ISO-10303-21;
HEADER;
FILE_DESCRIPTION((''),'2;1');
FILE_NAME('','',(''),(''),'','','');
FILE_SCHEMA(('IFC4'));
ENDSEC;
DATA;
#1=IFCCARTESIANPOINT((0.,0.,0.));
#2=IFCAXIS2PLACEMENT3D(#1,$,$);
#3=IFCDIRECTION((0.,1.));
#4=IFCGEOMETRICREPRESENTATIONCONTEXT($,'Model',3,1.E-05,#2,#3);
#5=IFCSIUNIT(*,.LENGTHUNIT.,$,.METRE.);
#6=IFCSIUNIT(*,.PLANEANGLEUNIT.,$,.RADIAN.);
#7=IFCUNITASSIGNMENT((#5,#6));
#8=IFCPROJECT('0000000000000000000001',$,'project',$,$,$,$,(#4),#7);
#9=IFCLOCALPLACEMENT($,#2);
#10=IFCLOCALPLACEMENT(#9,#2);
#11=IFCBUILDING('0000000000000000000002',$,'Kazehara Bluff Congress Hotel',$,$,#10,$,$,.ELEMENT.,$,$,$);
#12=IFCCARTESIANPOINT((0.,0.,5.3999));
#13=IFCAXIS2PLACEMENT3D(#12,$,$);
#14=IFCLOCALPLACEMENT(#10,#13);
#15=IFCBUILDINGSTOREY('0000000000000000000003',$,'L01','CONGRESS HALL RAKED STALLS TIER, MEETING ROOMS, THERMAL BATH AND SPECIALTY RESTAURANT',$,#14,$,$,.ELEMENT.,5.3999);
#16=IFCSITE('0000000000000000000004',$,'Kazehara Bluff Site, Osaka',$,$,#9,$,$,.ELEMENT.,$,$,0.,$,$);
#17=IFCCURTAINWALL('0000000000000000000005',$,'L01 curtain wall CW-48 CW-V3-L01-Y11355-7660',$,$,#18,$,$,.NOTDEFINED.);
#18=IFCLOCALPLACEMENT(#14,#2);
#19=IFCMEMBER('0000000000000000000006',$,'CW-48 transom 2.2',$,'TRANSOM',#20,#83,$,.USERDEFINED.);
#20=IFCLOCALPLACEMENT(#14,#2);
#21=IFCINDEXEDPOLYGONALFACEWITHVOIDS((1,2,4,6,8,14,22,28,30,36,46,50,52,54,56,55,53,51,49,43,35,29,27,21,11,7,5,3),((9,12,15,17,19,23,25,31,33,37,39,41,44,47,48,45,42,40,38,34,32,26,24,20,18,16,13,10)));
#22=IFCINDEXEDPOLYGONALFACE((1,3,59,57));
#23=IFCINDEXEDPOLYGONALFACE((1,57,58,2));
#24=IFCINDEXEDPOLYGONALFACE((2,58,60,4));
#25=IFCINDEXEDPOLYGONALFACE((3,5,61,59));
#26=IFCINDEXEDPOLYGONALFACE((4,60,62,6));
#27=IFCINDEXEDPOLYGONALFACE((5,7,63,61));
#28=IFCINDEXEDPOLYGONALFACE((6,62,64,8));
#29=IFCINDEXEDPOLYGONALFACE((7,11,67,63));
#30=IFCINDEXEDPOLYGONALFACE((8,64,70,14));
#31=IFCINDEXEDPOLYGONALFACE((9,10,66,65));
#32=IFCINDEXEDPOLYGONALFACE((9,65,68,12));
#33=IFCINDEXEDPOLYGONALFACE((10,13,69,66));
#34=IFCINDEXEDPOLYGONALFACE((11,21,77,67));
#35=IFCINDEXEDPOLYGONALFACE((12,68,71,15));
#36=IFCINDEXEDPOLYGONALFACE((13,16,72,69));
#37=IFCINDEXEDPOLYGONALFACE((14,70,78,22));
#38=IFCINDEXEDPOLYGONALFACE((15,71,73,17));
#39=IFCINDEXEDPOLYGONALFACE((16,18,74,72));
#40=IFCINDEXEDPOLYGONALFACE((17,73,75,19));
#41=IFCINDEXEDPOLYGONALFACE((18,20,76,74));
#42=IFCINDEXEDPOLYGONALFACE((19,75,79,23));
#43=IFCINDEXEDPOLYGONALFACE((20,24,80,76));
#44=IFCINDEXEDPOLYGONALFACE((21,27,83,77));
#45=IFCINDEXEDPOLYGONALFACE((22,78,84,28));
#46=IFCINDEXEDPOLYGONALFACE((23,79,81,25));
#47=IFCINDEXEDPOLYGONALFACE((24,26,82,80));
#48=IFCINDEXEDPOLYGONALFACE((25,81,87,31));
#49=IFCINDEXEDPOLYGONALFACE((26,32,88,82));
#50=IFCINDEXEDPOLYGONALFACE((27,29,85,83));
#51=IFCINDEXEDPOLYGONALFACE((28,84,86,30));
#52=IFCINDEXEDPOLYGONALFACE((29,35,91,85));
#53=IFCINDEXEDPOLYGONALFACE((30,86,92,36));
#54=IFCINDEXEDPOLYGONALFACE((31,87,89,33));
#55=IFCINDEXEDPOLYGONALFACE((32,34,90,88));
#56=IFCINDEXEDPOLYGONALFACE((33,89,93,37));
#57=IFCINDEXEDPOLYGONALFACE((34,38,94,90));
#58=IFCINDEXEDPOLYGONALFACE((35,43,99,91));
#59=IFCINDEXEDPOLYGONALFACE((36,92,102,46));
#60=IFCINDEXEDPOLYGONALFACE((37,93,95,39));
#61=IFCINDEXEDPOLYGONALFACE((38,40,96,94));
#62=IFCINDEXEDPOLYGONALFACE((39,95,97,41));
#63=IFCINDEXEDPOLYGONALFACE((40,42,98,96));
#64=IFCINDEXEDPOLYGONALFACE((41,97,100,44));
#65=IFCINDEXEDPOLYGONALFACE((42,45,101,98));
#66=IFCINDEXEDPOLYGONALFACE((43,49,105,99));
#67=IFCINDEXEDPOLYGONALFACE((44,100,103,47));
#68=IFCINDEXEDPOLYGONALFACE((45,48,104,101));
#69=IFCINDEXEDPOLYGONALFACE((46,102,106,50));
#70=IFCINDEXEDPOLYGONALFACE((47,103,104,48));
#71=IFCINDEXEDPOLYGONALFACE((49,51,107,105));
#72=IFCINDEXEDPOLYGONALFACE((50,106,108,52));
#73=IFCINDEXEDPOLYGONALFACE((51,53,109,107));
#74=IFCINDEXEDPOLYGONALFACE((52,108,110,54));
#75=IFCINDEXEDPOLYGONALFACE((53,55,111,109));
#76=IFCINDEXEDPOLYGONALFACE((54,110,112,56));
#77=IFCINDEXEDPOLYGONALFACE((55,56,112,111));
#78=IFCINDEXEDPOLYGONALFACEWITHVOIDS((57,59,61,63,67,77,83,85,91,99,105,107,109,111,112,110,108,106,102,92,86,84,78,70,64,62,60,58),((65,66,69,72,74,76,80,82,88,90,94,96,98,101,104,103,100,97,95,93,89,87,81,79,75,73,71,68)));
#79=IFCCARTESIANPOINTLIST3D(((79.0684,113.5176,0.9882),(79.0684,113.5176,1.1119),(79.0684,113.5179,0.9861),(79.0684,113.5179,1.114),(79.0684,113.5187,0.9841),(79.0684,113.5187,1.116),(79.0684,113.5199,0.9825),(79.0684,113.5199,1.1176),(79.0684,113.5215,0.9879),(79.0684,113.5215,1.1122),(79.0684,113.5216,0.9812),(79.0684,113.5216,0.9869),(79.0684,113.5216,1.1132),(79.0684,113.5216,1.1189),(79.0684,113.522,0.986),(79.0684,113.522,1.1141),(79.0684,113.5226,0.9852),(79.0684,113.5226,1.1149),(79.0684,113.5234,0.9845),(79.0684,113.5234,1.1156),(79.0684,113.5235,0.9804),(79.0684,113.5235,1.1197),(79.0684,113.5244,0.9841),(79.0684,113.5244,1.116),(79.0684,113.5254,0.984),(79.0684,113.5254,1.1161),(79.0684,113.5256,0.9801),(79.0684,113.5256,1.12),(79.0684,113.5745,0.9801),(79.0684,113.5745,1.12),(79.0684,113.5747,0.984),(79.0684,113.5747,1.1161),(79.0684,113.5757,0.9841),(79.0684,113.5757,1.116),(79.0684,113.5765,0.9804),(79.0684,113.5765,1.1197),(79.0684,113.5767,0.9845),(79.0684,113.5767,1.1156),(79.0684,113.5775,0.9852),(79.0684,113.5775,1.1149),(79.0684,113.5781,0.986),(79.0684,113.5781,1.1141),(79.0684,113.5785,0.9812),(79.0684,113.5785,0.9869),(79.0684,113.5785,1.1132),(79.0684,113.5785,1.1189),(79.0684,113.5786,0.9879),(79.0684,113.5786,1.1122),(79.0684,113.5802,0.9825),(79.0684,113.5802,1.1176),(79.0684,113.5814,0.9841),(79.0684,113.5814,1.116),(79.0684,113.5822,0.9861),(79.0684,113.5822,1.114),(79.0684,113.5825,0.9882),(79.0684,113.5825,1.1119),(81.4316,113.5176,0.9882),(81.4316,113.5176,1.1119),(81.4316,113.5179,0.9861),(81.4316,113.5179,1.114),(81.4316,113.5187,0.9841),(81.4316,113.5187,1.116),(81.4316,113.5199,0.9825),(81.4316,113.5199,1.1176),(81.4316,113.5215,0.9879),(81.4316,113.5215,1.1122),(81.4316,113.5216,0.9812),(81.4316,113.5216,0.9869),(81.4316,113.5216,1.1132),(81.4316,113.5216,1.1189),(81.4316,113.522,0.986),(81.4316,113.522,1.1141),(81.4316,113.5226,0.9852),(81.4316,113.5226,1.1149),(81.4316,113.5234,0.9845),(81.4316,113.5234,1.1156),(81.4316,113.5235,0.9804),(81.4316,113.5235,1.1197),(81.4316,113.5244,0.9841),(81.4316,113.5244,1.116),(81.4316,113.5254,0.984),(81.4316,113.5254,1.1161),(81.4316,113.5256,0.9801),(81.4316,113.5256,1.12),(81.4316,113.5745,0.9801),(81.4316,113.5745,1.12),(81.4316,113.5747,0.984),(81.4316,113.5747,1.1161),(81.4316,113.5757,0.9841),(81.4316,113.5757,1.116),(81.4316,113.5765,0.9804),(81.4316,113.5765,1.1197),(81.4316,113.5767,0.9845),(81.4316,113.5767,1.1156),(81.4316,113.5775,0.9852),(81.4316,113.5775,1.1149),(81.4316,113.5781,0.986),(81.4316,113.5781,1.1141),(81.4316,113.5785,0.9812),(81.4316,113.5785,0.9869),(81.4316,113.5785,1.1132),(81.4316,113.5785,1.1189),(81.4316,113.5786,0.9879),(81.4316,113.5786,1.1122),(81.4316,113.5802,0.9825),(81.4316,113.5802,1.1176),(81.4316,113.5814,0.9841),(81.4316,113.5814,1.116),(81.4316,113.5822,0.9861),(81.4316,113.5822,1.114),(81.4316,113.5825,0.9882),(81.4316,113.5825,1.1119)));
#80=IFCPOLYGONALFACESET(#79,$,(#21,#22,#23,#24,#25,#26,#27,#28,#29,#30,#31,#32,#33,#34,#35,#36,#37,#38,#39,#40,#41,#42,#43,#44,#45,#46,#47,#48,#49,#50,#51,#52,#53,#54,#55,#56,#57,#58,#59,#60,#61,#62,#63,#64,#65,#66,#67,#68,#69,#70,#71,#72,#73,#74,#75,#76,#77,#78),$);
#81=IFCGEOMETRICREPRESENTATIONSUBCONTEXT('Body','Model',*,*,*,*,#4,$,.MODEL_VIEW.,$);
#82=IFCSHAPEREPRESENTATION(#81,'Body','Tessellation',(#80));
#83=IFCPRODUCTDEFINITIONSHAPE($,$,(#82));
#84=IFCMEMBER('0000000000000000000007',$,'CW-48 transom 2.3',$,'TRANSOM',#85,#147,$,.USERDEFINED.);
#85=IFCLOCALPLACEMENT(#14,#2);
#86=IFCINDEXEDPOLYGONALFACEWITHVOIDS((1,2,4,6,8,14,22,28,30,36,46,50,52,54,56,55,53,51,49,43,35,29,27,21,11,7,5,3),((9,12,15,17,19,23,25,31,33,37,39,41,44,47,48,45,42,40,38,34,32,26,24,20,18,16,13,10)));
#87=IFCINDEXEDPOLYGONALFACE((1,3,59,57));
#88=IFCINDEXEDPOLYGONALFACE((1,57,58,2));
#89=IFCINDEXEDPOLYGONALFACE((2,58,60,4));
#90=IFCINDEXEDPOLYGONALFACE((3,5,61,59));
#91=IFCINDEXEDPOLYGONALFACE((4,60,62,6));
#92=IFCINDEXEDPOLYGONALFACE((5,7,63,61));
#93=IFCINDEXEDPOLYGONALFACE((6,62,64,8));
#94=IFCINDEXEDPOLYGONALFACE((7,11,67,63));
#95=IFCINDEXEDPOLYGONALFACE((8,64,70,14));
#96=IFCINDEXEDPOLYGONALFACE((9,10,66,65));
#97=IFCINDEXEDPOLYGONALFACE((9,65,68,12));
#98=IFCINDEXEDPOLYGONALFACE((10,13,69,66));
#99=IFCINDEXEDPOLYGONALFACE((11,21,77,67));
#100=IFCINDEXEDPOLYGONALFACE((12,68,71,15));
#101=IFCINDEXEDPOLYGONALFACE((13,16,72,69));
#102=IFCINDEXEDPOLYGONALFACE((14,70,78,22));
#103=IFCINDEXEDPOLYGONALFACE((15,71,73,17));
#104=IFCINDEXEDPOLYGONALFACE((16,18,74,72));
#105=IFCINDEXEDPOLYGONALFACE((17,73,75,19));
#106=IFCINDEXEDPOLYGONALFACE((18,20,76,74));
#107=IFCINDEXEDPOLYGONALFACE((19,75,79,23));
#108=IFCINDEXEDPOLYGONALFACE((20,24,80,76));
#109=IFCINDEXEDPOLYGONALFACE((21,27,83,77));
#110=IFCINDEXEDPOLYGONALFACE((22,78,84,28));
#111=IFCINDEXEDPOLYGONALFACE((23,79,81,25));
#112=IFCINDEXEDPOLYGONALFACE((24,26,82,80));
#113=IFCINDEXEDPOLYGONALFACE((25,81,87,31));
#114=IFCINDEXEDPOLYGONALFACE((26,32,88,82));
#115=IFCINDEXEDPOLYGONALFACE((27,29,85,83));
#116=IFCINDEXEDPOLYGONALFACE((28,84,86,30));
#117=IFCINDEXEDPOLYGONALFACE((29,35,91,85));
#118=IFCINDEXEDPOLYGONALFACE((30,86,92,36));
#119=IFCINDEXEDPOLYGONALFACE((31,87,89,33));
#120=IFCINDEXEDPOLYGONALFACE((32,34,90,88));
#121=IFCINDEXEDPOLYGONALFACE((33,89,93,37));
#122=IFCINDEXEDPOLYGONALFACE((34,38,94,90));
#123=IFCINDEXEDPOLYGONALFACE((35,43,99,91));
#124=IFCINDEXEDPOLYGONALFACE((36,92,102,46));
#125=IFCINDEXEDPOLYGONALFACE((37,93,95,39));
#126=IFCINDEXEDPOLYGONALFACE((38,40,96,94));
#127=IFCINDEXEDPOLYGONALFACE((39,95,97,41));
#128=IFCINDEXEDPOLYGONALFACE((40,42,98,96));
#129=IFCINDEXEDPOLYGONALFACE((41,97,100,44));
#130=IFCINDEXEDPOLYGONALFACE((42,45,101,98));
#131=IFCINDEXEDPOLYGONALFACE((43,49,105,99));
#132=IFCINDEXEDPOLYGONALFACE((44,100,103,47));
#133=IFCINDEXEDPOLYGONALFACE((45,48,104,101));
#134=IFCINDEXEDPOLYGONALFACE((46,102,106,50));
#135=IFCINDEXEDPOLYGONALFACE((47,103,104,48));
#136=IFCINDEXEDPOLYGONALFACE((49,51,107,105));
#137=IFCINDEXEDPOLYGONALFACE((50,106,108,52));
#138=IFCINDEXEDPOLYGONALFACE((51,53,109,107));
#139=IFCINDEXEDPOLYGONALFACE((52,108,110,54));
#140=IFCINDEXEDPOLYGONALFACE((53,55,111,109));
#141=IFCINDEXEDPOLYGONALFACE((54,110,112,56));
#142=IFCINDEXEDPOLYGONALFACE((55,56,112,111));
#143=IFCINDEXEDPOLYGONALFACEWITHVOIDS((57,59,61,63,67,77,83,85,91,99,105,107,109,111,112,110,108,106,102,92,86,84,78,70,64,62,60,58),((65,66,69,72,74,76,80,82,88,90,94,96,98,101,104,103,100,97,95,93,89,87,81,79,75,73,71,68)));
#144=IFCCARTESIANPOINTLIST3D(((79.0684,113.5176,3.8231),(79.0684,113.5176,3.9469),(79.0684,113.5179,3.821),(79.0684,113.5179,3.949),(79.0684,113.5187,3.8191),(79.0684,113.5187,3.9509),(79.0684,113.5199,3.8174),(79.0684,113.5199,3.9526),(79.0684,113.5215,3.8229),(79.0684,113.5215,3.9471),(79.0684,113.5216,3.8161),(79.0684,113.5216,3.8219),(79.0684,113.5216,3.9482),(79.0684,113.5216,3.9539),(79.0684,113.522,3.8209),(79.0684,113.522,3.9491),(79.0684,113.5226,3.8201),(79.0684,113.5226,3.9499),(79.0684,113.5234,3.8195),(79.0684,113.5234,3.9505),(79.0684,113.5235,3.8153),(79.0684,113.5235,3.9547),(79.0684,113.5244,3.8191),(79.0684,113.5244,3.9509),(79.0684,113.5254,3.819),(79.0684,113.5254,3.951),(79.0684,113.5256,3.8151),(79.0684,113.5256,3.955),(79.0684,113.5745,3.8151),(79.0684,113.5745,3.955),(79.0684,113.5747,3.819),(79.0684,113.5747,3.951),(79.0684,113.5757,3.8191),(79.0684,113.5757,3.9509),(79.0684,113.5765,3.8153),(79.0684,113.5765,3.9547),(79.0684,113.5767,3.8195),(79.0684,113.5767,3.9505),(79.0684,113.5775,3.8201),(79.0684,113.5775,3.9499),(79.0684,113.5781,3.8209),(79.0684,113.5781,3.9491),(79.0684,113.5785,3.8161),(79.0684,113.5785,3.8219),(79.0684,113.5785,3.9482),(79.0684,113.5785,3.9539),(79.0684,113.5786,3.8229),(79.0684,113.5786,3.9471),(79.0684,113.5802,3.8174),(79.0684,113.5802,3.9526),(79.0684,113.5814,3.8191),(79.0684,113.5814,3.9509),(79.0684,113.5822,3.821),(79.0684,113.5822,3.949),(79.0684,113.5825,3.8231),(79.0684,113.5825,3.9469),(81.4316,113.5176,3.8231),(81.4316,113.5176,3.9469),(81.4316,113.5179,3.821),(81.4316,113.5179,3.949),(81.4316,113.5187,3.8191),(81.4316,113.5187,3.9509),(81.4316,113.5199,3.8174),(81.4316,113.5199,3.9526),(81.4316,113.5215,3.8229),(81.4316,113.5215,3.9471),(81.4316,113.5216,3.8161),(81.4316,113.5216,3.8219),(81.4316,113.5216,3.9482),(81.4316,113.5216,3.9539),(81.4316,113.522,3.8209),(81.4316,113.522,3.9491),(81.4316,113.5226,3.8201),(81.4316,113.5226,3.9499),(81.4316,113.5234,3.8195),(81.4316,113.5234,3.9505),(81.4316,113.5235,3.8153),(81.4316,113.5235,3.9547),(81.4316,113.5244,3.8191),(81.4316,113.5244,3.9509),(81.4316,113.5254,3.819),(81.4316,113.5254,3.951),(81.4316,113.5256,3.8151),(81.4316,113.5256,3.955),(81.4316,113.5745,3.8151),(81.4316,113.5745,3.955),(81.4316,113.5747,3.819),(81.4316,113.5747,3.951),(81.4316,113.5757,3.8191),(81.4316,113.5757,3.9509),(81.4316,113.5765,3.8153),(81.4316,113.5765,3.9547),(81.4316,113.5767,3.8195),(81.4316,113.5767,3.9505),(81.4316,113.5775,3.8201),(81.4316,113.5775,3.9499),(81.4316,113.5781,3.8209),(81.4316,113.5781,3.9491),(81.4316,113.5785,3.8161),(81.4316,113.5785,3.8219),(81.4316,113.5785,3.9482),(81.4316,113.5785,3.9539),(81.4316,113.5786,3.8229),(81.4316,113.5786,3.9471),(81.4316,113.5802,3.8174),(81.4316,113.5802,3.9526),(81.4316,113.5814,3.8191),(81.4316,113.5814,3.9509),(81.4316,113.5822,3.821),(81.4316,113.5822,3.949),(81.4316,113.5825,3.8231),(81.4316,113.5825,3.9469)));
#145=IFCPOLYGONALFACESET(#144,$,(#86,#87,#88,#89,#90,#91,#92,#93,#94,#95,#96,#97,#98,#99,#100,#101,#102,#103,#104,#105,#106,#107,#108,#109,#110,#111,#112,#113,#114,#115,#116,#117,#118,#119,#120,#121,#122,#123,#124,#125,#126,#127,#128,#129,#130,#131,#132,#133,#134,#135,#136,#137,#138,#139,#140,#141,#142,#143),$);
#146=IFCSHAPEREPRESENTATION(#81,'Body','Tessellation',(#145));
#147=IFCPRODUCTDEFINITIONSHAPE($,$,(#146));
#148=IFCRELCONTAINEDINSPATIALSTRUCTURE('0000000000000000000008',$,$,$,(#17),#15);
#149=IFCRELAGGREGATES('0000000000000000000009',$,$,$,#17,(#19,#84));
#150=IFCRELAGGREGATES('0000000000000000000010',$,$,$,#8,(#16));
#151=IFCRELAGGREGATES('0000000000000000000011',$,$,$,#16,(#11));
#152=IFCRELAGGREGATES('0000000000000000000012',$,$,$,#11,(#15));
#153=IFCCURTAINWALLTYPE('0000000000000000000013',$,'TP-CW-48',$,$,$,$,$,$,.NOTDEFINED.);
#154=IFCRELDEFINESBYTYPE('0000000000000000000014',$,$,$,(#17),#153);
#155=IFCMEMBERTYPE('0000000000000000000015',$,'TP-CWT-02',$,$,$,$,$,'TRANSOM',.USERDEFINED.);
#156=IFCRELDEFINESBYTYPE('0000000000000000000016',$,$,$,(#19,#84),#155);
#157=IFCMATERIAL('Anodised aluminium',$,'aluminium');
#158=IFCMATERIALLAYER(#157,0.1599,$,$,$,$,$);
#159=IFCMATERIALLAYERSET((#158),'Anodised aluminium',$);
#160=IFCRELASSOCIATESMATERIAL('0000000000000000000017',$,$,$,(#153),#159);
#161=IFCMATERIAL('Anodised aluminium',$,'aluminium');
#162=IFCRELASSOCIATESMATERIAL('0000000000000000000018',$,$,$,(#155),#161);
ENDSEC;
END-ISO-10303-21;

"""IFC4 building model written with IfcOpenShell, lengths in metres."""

from ifc_helpers import new_model, si_unit, direction, frame, origin, origin_2d, place, context, subcontext, project, spatial, hollow_rectangle, extrude, material, layer, layer_set, material_profile, profile_set, type_object, element, aggregate, save


model = new_model("IFC4")

# Units and contexts
model_context = context("Model", 3, precision=1e-05, world=origin(), true_north=direction((0.0, 1.0)))
body_context = subcontext(model_context, "Body", "Model", "MODEL_VIEW")
ifc_project = project(units=[si_unit("LENGTHUNIT", "METRE"), si_unit("PLANEANGLEUNIT", "RADIAN")], contexts=[model_context])

# Site, building, storey
site_placement = place(None, origin())
site = spatial("IfcSite", under=ifc_project, at=site_placement, Name="Kazehara Bluff Site, Osaka", CompositionType="ELEMENT", RefElevation=0.0)
building_placement = place(site_placement, origin())
building = spatial("IfcBuilding", under=site, at=building_placement, Name="Kazehara Bluff Congress Hotel", CompositionType="ELEMENT")
storey_placement = place(building_placement, frame((0.0, 0.0, 5.3999)))
storey = spatial("IfcBuildingStorey", under=building, at=storey_placement, Name="L01", Description="CONGRESS HALL RAKED STALLS TIER, MEETING ROOMS, THERMAL BATH AND SPECIALTY RESTAURANT", CompositionType="ELEMENT", Elevation=5.3999)

# Curtain wall
ifc_material_1 = material(Name="Anodised aluminium", Category="aluminium")
ifc_layer_1 = layer(ifc_material_1, 0.1599)
ifc_layer_set_1 = layer_set([ifc_layer_1], Name="Anodised aluminium")
curtain_wall_type_1 = type_object("IfcCurtainWallType", Name="TP-CW-48", PredefinedType="NOTDEFINED", material=ifc_layer_set_1)
curtain_wall_1_placement = place(storey_placement, origin())
curtain_wall_1 = element("IfcCurtainWall", 1, at=curtain_wall_1_placement, inside=storey, type_object=curtain_wall_type_1, Name="L01 curtain wall CW-48 CW-V3-L01-Y11355-7660", PredefinedType="NOTDEFINED")

# Members
ifc_material_2 = material(Name="Anodised aluminium", Category="aluminium")
ifc_material_profile_1 = material_profile(ifc_material_2, hollow_rectangle(XDim=0.0649, YDim=0.1399, WallThickness=0.0039, InnerFilletRadius=0.0039, OuterFilletRadius=0.0081, at=origin_2d()))
ifc_profile_set_1 = profile_set([ifc_material_profile_1], Name="Anodised aluminium")
member_type_1 = type_object("IfcMemberType", Name="TP-CWT-02", ElementType="TRANSOM", PredefinedType="USERDEFINED", material=ifc_profile_set_1)
member_1_placement = place(storey_placement, frame((79.0684, 113.55, 1.05), z_axis=(1.0, 0.0, 0.0), x_axis=(0.0, 1.0, 0.0)))
member_1 = element("IfcMember", 2, at=member_1_placement, type_object=member_type_1, Name="CW-48 transom 2.2", ObjectType="TRANSOM", PredefinedType="USERDEFINED", context=body_context, shape_type="SweptSolid", body=[
    extrude(hollow_rectangle(XDim=0.0649, YDim=0.1399, WallThickness=0.0039, InnerFilletRadius=0.0039, OuterFilletRadius=0.0081, at=origin_2d()), origin(), (0.0, 0.0, 1.0), 2.3633),
])
member_2_placement = place(storey_placement, frame((79.0684, 113.55, 3.885), z_axis=(1.0, 0.0, 0.0), x_axis=(0.0, 1.0, 0.0)))
member_2 = element("IfcMember", 3, at=member_2_placement, type_object=member_type_1, Name="CW-48 transom 2.3", ObjectType="TRANSOM", PredefinedType="USERDEFINED", context=body_context, shape_type="SweptSolid", body=[
    extrude(hollow_rectangle(XDim=0.0649, YDim=0.1399, WallThickness=0.0039, InnerFilletRadius=0.0039, OuterFilletRadius=0.0081, at=origin_2d()), origin(), (0.0, 0.0, 1.0), 2.3633),
])

aggregate(curtain_wall_1, [member_1, member_2])

save(model, "model.ifc")
